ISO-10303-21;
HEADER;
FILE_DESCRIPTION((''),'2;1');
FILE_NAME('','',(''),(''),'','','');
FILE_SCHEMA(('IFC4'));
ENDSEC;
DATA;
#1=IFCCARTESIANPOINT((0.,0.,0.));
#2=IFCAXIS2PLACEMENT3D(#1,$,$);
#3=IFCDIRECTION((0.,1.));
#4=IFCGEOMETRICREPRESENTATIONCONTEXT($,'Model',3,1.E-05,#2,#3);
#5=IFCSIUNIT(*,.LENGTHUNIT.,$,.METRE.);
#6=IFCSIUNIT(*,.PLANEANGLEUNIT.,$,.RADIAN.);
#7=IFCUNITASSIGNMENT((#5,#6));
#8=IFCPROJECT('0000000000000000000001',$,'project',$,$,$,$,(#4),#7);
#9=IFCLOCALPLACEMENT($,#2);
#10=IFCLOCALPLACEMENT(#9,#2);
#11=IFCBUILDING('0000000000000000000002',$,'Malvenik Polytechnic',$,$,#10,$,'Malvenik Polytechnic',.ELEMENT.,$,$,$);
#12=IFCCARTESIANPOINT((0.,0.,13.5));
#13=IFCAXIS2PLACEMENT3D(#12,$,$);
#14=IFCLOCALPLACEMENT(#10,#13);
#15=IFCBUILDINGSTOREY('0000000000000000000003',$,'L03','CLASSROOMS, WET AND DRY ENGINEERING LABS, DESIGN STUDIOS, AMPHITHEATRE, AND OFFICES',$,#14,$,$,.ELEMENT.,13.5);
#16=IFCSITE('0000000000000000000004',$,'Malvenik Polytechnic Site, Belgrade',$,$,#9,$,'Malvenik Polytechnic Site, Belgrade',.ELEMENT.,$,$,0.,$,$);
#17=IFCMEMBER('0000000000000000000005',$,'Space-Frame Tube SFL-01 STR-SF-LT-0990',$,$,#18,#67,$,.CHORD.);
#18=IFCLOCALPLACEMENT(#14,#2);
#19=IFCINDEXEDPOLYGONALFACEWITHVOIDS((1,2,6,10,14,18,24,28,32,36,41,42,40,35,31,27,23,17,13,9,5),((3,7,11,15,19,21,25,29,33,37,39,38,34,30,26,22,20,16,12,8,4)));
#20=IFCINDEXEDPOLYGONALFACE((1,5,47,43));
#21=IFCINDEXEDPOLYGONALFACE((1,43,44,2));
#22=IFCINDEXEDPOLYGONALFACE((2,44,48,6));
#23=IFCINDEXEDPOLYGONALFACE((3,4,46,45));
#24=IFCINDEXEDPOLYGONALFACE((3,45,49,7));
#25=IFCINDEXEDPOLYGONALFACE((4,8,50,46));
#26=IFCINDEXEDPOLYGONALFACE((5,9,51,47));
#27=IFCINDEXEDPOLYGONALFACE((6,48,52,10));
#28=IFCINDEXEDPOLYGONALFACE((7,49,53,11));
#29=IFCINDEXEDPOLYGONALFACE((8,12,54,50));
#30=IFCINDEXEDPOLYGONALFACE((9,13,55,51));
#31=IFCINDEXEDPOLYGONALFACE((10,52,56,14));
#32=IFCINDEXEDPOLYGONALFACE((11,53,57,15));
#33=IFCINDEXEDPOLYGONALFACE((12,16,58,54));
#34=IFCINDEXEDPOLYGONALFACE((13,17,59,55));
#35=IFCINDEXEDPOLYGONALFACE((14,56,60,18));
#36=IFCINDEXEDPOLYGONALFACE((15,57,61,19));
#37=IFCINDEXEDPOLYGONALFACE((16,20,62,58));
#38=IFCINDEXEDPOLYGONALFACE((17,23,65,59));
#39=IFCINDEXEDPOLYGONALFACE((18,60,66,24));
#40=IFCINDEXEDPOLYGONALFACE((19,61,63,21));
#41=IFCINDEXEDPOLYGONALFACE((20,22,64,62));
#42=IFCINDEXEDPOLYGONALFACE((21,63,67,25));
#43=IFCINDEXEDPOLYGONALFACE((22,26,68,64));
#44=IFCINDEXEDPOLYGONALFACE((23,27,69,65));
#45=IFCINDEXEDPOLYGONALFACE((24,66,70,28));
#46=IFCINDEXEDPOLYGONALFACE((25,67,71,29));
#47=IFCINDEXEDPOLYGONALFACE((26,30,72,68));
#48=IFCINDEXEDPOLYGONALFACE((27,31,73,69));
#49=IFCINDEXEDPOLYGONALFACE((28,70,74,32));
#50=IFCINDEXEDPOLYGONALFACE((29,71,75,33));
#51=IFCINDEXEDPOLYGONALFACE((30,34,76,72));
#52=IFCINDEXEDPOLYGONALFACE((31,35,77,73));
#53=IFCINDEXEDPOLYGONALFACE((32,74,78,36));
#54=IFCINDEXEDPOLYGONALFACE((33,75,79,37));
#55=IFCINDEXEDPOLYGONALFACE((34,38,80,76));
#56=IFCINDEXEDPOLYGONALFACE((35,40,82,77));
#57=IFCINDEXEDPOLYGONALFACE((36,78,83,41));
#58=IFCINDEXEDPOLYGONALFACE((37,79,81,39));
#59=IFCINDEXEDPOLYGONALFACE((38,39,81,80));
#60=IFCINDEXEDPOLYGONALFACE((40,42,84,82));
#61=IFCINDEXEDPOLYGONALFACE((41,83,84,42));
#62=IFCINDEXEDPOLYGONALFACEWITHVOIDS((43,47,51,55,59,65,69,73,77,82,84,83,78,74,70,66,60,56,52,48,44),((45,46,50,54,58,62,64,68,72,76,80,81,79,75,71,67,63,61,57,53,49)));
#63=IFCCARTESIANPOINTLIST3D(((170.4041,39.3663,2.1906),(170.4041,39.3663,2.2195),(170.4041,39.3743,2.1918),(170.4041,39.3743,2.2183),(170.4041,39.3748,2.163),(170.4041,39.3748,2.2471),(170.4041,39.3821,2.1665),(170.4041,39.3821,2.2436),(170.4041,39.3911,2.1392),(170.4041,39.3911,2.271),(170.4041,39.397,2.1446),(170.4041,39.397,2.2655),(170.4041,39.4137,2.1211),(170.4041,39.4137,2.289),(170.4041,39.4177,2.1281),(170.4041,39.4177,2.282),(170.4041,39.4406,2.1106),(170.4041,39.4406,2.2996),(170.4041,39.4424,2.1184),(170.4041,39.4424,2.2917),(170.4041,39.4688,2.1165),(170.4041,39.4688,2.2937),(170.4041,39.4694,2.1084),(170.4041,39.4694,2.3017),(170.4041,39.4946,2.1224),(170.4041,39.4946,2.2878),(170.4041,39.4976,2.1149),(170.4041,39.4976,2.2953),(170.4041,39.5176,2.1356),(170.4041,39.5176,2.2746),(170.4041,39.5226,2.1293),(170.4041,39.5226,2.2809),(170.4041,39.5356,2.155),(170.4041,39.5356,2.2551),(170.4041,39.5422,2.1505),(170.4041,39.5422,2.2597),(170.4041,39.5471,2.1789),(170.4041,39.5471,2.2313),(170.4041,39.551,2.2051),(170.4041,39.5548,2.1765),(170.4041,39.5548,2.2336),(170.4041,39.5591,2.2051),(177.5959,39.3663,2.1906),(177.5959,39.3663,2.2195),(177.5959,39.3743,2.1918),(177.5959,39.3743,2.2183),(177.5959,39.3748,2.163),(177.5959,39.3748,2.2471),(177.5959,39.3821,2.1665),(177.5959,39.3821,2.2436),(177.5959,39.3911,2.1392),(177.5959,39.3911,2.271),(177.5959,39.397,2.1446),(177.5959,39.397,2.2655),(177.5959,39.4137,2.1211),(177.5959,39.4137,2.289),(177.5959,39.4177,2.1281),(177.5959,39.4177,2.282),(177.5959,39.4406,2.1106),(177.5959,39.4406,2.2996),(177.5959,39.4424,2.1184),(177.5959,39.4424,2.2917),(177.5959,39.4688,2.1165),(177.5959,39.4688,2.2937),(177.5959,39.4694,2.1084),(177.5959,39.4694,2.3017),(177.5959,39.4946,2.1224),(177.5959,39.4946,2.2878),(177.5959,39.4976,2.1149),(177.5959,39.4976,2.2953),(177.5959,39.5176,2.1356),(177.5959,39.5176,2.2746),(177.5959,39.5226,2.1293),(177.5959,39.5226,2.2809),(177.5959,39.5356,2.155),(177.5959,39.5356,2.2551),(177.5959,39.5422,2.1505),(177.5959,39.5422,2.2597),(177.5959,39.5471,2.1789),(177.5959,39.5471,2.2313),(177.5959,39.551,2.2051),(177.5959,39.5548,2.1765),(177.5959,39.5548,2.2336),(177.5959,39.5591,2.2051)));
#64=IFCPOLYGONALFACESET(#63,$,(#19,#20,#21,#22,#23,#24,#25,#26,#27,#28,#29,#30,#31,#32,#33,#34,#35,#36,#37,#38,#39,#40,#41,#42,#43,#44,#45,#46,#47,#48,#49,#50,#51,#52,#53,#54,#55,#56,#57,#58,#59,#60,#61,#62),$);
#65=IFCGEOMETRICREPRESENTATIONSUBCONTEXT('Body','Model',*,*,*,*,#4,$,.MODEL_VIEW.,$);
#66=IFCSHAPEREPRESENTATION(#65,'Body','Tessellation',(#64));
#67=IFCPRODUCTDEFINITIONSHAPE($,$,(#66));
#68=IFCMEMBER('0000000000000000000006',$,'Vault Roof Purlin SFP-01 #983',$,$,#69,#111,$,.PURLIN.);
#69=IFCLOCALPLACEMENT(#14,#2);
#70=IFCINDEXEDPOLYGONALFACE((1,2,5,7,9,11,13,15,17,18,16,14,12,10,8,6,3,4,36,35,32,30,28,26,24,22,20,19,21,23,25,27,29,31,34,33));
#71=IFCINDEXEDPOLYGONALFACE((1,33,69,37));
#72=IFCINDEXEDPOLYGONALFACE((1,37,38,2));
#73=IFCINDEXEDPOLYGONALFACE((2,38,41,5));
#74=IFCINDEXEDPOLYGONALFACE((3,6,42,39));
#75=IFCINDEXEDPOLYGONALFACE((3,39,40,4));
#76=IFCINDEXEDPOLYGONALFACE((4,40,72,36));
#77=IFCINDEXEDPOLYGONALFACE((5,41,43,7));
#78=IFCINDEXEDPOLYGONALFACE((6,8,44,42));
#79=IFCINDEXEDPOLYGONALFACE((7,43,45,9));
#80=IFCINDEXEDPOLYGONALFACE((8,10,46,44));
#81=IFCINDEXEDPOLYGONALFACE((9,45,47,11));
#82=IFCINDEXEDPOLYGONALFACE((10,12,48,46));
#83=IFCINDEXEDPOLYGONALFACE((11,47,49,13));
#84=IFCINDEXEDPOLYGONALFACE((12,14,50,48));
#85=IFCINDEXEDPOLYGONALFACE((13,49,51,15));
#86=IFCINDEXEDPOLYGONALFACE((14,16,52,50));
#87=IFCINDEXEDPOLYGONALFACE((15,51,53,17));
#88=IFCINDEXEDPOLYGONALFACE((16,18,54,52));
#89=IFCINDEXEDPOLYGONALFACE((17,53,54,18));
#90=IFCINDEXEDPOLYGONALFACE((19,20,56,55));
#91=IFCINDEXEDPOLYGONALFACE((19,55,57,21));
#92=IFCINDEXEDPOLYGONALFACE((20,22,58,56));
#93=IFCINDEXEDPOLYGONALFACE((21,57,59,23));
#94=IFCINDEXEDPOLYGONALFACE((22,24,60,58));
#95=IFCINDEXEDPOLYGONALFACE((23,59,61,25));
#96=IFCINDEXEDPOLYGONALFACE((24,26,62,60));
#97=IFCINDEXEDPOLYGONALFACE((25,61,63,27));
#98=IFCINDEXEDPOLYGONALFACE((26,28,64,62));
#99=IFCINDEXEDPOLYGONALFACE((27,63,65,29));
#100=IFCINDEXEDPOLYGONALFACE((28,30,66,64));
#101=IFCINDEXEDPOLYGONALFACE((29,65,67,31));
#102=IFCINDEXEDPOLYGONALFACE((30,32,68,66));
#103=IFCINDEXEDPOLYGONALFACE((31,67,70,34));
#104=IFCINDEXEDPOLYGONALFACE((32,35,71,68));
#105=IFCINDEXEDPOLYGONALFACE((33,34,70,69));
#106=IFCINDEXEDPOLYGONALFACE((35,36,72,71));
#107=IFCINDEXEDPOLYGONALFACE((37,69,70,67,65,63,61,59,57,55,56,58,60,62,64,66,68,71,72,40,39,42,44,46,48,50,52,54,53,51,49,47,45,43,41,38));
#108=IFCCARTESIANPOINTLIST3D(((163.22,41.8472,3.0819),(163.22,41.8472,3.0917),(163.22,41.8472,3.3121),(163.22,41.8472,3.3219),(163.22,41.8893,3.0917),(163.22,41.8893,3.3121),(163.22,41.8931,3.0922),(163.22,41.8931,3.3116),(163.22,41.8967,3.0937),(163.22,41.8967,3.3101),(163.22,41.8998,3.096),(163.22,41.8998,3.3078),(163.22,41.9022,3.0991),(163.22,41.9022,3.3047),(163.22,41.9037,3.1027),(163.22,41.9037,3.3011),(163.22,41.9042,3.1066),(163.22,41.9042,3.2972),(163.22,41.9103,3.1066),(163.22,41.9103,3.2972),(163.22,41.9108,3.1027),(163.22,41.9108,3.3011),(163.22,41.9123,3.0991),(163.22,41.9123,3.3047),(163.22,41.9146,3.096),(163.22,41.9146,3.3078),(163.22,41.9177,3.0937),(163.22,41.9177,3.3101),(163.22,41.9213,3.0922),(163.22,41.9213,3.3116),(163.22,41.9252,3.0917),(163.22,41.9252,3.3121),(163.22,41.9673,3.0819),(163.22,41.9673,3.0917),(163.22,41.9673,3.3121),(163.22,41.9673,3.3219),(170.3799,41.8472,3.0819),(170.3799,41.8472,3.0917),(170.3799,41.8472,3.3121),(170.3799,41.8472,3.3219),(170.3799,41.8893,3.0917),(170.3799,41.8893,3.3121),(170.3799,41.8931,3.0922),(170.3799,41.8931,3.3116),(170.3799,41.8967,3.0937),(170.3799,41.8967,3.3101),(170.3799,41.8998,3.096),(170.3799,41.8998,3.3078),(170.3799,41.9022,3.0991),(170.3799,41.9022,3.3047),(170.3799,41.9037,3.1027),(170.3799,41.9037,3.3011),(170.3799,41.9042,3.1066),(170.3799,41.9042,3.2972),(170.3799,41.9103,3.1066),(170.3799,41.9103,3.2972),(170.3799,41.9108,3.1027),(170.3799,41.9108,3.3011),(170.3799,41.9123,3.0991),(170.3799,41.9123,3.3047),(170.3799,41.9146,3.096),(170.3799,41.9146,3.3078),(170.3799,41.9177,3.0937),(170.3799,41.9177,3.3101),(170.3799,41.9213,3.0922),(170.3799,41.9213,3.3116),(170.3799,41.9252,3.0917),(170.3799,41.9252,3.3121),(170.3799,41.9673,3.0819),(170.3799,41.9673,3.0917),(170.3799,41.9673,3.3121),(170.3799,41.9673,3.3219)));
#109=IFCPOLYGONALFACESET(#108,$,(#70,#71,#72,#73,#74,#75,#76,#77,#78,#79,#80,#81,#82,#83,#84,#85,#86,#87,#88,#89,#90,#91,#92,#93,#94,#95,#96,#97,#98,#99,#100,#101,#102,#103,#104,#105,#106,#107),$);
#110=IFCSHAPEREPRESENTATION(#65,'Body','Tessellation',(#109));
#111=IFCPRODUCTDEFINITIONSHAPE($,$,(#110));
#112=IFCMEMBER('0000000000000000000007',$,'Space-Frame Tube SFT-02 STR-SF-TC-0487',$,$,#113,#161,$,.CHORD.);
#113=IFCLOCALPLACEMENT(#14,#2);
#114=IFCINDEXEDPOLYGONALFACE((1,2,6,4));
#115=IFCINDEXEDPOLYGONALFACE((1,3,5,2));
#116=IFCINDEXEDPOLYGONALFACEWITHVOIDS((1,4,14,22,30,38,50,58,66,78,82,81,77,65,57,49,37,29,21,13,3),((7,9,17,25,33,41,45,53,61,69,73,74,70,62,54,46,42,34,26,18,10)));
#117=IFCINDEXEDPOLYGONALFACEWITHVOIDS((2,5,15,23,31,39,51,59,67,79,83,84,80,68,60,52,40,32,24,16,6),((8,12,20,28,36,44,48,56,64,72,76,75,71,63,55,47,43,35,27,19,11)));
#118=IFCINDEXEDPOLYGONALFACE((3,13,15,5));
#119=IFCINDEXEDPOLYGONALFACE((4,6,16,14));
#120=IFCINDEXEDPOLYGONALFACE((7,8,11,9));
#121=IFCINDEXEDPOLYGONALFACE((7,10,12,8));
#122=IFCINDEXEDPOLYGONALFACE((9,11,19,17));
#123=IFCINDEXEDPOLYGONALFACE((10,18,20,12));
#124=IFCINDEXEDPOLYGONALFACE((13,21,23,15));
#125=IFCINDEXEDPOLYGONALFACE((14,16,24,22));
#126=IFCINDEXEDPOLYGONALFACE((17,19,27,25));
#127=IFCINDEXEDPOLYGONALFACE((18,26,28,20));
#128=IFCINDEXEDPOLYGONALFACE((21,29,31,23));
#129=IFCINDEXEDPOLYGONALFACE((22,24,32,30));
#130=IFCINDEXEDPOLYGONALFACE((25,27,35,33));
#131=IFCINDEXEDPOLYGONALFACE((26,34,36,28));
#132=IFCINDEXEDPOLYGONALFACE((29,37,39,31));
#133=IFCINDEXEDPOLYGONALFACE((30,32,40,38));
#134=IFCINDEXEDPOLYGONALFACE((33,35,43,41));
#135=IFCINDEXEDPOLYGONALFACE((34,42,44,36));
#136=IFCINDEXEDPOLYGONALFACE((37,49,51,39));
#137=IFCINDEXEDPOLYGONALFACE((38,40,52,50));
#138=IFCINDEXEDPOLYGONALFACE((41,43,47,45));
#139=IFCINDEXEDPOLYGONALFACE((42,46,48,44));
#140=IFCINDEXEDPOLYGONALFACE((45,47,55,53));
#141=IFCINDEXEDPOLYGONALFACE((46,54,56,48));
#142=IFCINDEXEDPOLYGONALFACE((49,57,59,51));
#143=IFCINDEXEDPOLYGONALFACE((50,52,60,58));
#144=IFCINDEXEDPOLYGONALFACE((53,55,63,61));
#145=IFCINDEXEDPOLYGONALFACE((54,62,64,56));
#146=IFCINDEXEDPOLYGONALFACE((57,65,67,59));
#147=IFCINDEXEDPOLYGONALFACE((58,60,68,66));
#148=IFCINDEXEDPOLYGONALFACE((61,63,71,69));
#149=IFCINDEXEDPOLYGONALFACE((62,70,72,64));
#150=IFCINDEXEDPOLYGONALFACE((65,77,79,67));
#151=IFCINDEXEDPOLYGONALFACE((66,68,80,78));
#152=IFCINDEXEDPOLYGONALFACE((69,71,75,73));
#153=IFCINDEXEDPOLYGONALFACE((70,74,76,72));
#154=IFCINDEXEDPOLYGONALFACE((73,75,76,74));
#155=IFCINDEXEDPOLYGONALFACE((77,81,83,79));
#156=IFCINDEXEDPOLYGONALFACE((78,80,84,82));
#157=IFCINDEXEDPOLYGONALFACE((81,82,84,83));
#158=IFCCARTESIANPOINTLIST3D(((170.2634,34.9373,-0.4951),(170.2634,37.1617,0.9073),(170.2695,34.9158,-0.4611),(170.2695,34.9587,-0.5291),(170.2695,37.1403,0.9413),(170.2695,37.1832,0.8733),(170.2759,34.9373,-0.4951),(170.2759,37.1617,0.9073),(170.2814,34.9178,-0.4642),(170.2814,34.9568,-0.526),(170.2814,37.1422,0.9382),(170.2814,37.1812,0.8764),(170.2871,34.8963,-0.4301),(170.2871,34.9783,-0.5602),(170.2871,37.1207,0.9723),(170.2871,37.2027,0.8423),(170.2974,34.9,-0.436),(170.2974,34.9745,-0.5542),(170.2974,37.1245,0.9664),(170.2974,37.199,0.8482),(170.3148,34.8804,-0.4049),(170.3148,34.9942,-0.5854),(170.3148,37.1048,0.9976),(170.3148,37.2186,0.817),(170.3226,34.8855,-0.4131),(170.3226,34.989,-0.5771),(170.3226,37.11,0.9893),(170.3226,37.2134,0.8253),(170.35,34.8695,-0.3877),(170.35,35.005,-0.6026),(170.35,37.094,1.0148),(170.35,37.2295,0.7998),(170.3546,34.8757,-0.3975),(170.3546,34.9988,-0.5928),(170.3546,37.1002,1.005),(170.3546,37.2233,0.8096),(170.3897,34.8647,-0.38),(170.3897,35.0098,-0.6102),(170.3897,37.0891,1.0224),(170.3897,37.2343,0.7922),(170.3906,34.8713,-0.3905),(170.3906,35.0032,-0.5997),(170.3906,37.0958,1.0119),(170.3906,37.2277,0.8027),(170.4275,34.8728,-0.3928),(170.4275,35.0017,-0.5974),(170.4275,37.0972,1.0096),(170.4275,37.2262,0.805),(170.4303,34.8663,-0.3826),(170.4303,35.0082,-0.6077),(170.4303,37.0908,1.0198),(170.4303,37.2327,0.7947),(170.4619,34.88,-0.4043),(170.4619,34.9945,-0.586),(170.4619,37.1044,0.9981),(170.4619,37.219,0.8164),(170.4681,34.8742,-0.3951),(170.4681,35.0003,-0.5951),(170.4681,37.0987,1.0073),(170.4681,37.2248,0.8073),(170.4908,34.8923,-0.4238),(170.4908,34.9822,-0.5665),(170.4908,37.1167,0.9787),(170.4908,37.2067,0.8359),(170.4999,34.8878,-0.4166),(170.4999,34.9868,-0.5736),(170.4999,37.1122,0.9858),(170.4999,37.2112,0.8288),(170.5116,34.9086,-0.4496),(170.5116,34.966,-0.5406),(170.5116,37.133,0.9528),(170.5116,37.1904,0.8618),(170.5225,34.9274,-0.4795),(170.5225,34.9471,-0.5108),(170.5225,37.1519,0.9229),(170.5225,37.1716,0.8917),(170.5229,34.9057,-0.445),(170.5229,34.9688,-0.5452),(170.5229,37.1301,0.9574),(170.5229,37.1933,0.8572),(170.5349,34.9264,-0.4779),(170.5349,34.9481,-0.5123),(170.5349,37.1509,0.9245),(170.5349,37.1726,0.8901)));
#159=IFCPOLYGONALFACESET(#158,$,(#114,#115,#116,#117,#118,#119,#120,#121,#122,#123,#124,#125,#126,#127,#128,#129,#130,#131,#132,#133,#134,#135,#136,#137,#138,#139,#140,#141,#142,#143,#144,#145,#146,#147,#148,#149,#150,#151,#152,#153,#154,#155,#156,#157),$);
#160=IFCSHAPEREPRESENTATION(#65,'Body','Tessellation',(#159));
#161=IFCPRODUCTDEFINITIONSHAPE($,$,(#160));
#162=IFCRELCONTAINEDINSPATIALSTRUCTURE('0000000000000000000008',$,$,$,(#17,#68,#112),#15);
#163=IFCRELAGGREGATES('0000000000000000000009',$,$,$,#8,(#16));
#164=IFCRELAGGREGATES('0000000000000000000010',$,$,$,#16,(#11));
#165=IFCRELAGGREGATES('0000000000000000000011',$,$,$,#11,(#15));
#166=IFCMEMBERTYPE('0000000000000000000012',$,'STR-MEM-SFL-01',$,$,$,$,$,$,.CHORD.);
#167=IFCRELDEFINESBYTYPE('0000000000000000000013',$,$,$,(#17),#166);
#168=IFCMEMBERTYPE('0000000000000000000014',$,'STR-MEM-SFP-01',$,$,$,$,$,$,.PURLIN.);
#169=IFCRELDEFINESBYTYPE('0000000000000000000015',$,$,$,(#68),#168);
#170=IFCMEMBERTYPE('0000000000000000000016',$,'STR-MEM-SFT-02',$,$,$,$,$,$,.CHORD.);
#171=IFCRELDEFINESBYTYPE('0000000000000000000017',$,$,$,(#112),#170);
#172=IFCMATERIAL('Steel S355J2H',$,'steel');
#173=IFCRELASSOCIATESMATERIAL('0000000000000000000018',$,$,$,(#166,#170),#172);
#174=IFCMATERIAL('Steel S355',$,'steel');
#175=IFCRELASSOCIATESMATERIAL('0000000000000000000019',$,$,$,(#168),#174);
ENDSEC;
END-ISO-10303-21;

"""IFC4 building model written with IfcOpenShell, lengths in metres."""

from ifc_helpers import new_model, si_unit, direction, frame, origin, origin_2d, place, context, subcontext, project, spatial, hollow_circle, i_section, extrude, material, material_profile, profile_set, type_object, element, save


model = new_model("IFC4")

# Units and contexts
model_context = context("Model", 3, precision=1e-05, world=origin(), true_north=direction((0.0, 1.0)))
body_context = subcontext(model_context, "Body", "Model", "MODEL_VIEW")
ifc_project = project(units=[si_unit("LENGTHUNIT", "METRE"), si_unit("PLANEANGLEUNIT", "RADIAN")], contexts=[model_context])

# Site, building, storey
site_placement = place(None, origin())
site = spatial("IfcSite", under=ifc_project, at=site_placement, Name="Malvenik Polytechnic Site, Belgrade", LongName="Malvenik Polytechnic Site, Belgrade", CompositionType="ELEMENT", RefElevation=0.0)
building_placement = place(site_placement, origin())
building = spatial("IfcBuilding", under=site, at=building_placement, Name="Malvenik Polytechnic", LongName="Malvenik Polytechnic", CompositionType="ELEMENT")
storey_placement = place(building_placement, frame((0.0, 0.0, 13.5)))
storey = spatial("IfcBuildingStorey", under=building, at=storey_placement, Name="L03", Description="CLASSROOMS, WET AND DRY ENGINEERING LABS, DESIGN STUDIOS, AMPHITHEATRE, AND OFFICES", CompositionType="ELEMENT", Elevation=13.5)

# Members
ifc_material_1 = material(Name="Steel S355J2H", Category="steel")
ifc_material_profile_1 = material_profile(ifc_material_1, hollow_circle(Radius=0.0969, WallThickness=0.0081, at=origin_2d()), Name="CHS 193.7x8.0")
ifc_profile_set_1 = profile_set([ifc_material_profile_1], Name="Steel S355J2H")
member_type_1 = type_object("IfcMemberType", Name="STR-MEM-SFL-01", PredefinedType="CHORD", material=ifc_profile_set_1)
for number, where, z_axis, x_axis, name in (
    (1, (170.4041, 39.4622, 2.2051), (1.0, 0.0, 0.0), (0.0, 1.0, 0.0), "Space-Frame Tube SFL-01 STR-SF-LT-0990"),
):
    element("IfcMember", number, at=place(storey_placement, frame(where, z_axis=z_axis, x_axis=x_axis)), inside=storey, type_object=member_type_1, Name=name, PredefinedType="CHORD", context=body_context, shape_type="SweptSolid", body=[
        extrude(hollow_circle(Radius=0.0969, WallThickness=0.0081, at=origin_2d()), origin(), (0.0, 0.0, 1.0), 7.1919),
    ])
ifc_material_2 = material(Name="Steel S355", Category="steel")
ifc_material_profile_2 = material_profile(ifc_material_2, i_section(OverallWidth=0.1201, OverallDepth=0.24, WebThickness=0.0061, FlangeThickness=0.0098, FilletRadius=0.0149, at=origin_2d()), Name="IPE 240")
ifc_profile_set_2 = profile_set([ifc_material_profile_2], Name="Steel S355")
member_type_2 = type_object("IfcMemberType", Name="STR-MEM-SFP-01", PredefinedType="PURLIN", material=ifc_profile_set_2)
member_1_placement = place(storey_placement, frame((163.22, 41.9072, 3.2019), z_axis=(1.0, 0.0, 0.0), x_axis=(0.0, 1.0, 0.0)))
element("IfcMember", 2, at=member_1_placement, inside=storey, type_object=member_type_2, Name="Vault Roof Purlin SFP-01 #983", PredefinedType="PURLIN", context=body_context, shape_type="SweptSolid", body=[
    extrude(i_section(OverallWidth=0.1201, OverallDepth=0.24, WebThickness=0.0061, FlangeThickness=0.0098, FilletRadius=0.0149, at=origin_2d()), origin(), (0.0, 0.0, 1.0), 7.1599),
])
ifc_material_profile_3 = material_profile(ifc_material_1, hollow_circle(Radius=0.1365, WallThickness=0.0125, at=origin_2d()), Name="CHS 273.0x12.5")
ifc_profile_set_3 = profile_set([ifc_material_profile_3], Name="Steel S355J2H")
member_type_3 = type_object("IfcMemberType", Name="STR-MEM-SFT-02", PredefinedType="CHORD", material=ifc_profile_set_3)
member_2_placement = place(storey_placement, frame((170.3999, 34.9373, -0.4951), z_axis=(0.0, 0.845921, 0.533308), x_axis=(-1.0, 0.0, 0.0)))
element("IfcMember", 3, at=member_2_placement, inside=storey, type_object=member_type_3, Name="Space-Frame Tube SFT-02 STR-SF-TC-0487", PredefinedType="CHORD", context=body_context, shape_type="SweptSolid", body=[
    extrude(hollow_circle(Radius=0.1365, WallThickness=0.0125, at=origin_2d()), origin(), (0.0, 0.0, 1.0), 2.6296),
])

save(model, "model.ifc")
